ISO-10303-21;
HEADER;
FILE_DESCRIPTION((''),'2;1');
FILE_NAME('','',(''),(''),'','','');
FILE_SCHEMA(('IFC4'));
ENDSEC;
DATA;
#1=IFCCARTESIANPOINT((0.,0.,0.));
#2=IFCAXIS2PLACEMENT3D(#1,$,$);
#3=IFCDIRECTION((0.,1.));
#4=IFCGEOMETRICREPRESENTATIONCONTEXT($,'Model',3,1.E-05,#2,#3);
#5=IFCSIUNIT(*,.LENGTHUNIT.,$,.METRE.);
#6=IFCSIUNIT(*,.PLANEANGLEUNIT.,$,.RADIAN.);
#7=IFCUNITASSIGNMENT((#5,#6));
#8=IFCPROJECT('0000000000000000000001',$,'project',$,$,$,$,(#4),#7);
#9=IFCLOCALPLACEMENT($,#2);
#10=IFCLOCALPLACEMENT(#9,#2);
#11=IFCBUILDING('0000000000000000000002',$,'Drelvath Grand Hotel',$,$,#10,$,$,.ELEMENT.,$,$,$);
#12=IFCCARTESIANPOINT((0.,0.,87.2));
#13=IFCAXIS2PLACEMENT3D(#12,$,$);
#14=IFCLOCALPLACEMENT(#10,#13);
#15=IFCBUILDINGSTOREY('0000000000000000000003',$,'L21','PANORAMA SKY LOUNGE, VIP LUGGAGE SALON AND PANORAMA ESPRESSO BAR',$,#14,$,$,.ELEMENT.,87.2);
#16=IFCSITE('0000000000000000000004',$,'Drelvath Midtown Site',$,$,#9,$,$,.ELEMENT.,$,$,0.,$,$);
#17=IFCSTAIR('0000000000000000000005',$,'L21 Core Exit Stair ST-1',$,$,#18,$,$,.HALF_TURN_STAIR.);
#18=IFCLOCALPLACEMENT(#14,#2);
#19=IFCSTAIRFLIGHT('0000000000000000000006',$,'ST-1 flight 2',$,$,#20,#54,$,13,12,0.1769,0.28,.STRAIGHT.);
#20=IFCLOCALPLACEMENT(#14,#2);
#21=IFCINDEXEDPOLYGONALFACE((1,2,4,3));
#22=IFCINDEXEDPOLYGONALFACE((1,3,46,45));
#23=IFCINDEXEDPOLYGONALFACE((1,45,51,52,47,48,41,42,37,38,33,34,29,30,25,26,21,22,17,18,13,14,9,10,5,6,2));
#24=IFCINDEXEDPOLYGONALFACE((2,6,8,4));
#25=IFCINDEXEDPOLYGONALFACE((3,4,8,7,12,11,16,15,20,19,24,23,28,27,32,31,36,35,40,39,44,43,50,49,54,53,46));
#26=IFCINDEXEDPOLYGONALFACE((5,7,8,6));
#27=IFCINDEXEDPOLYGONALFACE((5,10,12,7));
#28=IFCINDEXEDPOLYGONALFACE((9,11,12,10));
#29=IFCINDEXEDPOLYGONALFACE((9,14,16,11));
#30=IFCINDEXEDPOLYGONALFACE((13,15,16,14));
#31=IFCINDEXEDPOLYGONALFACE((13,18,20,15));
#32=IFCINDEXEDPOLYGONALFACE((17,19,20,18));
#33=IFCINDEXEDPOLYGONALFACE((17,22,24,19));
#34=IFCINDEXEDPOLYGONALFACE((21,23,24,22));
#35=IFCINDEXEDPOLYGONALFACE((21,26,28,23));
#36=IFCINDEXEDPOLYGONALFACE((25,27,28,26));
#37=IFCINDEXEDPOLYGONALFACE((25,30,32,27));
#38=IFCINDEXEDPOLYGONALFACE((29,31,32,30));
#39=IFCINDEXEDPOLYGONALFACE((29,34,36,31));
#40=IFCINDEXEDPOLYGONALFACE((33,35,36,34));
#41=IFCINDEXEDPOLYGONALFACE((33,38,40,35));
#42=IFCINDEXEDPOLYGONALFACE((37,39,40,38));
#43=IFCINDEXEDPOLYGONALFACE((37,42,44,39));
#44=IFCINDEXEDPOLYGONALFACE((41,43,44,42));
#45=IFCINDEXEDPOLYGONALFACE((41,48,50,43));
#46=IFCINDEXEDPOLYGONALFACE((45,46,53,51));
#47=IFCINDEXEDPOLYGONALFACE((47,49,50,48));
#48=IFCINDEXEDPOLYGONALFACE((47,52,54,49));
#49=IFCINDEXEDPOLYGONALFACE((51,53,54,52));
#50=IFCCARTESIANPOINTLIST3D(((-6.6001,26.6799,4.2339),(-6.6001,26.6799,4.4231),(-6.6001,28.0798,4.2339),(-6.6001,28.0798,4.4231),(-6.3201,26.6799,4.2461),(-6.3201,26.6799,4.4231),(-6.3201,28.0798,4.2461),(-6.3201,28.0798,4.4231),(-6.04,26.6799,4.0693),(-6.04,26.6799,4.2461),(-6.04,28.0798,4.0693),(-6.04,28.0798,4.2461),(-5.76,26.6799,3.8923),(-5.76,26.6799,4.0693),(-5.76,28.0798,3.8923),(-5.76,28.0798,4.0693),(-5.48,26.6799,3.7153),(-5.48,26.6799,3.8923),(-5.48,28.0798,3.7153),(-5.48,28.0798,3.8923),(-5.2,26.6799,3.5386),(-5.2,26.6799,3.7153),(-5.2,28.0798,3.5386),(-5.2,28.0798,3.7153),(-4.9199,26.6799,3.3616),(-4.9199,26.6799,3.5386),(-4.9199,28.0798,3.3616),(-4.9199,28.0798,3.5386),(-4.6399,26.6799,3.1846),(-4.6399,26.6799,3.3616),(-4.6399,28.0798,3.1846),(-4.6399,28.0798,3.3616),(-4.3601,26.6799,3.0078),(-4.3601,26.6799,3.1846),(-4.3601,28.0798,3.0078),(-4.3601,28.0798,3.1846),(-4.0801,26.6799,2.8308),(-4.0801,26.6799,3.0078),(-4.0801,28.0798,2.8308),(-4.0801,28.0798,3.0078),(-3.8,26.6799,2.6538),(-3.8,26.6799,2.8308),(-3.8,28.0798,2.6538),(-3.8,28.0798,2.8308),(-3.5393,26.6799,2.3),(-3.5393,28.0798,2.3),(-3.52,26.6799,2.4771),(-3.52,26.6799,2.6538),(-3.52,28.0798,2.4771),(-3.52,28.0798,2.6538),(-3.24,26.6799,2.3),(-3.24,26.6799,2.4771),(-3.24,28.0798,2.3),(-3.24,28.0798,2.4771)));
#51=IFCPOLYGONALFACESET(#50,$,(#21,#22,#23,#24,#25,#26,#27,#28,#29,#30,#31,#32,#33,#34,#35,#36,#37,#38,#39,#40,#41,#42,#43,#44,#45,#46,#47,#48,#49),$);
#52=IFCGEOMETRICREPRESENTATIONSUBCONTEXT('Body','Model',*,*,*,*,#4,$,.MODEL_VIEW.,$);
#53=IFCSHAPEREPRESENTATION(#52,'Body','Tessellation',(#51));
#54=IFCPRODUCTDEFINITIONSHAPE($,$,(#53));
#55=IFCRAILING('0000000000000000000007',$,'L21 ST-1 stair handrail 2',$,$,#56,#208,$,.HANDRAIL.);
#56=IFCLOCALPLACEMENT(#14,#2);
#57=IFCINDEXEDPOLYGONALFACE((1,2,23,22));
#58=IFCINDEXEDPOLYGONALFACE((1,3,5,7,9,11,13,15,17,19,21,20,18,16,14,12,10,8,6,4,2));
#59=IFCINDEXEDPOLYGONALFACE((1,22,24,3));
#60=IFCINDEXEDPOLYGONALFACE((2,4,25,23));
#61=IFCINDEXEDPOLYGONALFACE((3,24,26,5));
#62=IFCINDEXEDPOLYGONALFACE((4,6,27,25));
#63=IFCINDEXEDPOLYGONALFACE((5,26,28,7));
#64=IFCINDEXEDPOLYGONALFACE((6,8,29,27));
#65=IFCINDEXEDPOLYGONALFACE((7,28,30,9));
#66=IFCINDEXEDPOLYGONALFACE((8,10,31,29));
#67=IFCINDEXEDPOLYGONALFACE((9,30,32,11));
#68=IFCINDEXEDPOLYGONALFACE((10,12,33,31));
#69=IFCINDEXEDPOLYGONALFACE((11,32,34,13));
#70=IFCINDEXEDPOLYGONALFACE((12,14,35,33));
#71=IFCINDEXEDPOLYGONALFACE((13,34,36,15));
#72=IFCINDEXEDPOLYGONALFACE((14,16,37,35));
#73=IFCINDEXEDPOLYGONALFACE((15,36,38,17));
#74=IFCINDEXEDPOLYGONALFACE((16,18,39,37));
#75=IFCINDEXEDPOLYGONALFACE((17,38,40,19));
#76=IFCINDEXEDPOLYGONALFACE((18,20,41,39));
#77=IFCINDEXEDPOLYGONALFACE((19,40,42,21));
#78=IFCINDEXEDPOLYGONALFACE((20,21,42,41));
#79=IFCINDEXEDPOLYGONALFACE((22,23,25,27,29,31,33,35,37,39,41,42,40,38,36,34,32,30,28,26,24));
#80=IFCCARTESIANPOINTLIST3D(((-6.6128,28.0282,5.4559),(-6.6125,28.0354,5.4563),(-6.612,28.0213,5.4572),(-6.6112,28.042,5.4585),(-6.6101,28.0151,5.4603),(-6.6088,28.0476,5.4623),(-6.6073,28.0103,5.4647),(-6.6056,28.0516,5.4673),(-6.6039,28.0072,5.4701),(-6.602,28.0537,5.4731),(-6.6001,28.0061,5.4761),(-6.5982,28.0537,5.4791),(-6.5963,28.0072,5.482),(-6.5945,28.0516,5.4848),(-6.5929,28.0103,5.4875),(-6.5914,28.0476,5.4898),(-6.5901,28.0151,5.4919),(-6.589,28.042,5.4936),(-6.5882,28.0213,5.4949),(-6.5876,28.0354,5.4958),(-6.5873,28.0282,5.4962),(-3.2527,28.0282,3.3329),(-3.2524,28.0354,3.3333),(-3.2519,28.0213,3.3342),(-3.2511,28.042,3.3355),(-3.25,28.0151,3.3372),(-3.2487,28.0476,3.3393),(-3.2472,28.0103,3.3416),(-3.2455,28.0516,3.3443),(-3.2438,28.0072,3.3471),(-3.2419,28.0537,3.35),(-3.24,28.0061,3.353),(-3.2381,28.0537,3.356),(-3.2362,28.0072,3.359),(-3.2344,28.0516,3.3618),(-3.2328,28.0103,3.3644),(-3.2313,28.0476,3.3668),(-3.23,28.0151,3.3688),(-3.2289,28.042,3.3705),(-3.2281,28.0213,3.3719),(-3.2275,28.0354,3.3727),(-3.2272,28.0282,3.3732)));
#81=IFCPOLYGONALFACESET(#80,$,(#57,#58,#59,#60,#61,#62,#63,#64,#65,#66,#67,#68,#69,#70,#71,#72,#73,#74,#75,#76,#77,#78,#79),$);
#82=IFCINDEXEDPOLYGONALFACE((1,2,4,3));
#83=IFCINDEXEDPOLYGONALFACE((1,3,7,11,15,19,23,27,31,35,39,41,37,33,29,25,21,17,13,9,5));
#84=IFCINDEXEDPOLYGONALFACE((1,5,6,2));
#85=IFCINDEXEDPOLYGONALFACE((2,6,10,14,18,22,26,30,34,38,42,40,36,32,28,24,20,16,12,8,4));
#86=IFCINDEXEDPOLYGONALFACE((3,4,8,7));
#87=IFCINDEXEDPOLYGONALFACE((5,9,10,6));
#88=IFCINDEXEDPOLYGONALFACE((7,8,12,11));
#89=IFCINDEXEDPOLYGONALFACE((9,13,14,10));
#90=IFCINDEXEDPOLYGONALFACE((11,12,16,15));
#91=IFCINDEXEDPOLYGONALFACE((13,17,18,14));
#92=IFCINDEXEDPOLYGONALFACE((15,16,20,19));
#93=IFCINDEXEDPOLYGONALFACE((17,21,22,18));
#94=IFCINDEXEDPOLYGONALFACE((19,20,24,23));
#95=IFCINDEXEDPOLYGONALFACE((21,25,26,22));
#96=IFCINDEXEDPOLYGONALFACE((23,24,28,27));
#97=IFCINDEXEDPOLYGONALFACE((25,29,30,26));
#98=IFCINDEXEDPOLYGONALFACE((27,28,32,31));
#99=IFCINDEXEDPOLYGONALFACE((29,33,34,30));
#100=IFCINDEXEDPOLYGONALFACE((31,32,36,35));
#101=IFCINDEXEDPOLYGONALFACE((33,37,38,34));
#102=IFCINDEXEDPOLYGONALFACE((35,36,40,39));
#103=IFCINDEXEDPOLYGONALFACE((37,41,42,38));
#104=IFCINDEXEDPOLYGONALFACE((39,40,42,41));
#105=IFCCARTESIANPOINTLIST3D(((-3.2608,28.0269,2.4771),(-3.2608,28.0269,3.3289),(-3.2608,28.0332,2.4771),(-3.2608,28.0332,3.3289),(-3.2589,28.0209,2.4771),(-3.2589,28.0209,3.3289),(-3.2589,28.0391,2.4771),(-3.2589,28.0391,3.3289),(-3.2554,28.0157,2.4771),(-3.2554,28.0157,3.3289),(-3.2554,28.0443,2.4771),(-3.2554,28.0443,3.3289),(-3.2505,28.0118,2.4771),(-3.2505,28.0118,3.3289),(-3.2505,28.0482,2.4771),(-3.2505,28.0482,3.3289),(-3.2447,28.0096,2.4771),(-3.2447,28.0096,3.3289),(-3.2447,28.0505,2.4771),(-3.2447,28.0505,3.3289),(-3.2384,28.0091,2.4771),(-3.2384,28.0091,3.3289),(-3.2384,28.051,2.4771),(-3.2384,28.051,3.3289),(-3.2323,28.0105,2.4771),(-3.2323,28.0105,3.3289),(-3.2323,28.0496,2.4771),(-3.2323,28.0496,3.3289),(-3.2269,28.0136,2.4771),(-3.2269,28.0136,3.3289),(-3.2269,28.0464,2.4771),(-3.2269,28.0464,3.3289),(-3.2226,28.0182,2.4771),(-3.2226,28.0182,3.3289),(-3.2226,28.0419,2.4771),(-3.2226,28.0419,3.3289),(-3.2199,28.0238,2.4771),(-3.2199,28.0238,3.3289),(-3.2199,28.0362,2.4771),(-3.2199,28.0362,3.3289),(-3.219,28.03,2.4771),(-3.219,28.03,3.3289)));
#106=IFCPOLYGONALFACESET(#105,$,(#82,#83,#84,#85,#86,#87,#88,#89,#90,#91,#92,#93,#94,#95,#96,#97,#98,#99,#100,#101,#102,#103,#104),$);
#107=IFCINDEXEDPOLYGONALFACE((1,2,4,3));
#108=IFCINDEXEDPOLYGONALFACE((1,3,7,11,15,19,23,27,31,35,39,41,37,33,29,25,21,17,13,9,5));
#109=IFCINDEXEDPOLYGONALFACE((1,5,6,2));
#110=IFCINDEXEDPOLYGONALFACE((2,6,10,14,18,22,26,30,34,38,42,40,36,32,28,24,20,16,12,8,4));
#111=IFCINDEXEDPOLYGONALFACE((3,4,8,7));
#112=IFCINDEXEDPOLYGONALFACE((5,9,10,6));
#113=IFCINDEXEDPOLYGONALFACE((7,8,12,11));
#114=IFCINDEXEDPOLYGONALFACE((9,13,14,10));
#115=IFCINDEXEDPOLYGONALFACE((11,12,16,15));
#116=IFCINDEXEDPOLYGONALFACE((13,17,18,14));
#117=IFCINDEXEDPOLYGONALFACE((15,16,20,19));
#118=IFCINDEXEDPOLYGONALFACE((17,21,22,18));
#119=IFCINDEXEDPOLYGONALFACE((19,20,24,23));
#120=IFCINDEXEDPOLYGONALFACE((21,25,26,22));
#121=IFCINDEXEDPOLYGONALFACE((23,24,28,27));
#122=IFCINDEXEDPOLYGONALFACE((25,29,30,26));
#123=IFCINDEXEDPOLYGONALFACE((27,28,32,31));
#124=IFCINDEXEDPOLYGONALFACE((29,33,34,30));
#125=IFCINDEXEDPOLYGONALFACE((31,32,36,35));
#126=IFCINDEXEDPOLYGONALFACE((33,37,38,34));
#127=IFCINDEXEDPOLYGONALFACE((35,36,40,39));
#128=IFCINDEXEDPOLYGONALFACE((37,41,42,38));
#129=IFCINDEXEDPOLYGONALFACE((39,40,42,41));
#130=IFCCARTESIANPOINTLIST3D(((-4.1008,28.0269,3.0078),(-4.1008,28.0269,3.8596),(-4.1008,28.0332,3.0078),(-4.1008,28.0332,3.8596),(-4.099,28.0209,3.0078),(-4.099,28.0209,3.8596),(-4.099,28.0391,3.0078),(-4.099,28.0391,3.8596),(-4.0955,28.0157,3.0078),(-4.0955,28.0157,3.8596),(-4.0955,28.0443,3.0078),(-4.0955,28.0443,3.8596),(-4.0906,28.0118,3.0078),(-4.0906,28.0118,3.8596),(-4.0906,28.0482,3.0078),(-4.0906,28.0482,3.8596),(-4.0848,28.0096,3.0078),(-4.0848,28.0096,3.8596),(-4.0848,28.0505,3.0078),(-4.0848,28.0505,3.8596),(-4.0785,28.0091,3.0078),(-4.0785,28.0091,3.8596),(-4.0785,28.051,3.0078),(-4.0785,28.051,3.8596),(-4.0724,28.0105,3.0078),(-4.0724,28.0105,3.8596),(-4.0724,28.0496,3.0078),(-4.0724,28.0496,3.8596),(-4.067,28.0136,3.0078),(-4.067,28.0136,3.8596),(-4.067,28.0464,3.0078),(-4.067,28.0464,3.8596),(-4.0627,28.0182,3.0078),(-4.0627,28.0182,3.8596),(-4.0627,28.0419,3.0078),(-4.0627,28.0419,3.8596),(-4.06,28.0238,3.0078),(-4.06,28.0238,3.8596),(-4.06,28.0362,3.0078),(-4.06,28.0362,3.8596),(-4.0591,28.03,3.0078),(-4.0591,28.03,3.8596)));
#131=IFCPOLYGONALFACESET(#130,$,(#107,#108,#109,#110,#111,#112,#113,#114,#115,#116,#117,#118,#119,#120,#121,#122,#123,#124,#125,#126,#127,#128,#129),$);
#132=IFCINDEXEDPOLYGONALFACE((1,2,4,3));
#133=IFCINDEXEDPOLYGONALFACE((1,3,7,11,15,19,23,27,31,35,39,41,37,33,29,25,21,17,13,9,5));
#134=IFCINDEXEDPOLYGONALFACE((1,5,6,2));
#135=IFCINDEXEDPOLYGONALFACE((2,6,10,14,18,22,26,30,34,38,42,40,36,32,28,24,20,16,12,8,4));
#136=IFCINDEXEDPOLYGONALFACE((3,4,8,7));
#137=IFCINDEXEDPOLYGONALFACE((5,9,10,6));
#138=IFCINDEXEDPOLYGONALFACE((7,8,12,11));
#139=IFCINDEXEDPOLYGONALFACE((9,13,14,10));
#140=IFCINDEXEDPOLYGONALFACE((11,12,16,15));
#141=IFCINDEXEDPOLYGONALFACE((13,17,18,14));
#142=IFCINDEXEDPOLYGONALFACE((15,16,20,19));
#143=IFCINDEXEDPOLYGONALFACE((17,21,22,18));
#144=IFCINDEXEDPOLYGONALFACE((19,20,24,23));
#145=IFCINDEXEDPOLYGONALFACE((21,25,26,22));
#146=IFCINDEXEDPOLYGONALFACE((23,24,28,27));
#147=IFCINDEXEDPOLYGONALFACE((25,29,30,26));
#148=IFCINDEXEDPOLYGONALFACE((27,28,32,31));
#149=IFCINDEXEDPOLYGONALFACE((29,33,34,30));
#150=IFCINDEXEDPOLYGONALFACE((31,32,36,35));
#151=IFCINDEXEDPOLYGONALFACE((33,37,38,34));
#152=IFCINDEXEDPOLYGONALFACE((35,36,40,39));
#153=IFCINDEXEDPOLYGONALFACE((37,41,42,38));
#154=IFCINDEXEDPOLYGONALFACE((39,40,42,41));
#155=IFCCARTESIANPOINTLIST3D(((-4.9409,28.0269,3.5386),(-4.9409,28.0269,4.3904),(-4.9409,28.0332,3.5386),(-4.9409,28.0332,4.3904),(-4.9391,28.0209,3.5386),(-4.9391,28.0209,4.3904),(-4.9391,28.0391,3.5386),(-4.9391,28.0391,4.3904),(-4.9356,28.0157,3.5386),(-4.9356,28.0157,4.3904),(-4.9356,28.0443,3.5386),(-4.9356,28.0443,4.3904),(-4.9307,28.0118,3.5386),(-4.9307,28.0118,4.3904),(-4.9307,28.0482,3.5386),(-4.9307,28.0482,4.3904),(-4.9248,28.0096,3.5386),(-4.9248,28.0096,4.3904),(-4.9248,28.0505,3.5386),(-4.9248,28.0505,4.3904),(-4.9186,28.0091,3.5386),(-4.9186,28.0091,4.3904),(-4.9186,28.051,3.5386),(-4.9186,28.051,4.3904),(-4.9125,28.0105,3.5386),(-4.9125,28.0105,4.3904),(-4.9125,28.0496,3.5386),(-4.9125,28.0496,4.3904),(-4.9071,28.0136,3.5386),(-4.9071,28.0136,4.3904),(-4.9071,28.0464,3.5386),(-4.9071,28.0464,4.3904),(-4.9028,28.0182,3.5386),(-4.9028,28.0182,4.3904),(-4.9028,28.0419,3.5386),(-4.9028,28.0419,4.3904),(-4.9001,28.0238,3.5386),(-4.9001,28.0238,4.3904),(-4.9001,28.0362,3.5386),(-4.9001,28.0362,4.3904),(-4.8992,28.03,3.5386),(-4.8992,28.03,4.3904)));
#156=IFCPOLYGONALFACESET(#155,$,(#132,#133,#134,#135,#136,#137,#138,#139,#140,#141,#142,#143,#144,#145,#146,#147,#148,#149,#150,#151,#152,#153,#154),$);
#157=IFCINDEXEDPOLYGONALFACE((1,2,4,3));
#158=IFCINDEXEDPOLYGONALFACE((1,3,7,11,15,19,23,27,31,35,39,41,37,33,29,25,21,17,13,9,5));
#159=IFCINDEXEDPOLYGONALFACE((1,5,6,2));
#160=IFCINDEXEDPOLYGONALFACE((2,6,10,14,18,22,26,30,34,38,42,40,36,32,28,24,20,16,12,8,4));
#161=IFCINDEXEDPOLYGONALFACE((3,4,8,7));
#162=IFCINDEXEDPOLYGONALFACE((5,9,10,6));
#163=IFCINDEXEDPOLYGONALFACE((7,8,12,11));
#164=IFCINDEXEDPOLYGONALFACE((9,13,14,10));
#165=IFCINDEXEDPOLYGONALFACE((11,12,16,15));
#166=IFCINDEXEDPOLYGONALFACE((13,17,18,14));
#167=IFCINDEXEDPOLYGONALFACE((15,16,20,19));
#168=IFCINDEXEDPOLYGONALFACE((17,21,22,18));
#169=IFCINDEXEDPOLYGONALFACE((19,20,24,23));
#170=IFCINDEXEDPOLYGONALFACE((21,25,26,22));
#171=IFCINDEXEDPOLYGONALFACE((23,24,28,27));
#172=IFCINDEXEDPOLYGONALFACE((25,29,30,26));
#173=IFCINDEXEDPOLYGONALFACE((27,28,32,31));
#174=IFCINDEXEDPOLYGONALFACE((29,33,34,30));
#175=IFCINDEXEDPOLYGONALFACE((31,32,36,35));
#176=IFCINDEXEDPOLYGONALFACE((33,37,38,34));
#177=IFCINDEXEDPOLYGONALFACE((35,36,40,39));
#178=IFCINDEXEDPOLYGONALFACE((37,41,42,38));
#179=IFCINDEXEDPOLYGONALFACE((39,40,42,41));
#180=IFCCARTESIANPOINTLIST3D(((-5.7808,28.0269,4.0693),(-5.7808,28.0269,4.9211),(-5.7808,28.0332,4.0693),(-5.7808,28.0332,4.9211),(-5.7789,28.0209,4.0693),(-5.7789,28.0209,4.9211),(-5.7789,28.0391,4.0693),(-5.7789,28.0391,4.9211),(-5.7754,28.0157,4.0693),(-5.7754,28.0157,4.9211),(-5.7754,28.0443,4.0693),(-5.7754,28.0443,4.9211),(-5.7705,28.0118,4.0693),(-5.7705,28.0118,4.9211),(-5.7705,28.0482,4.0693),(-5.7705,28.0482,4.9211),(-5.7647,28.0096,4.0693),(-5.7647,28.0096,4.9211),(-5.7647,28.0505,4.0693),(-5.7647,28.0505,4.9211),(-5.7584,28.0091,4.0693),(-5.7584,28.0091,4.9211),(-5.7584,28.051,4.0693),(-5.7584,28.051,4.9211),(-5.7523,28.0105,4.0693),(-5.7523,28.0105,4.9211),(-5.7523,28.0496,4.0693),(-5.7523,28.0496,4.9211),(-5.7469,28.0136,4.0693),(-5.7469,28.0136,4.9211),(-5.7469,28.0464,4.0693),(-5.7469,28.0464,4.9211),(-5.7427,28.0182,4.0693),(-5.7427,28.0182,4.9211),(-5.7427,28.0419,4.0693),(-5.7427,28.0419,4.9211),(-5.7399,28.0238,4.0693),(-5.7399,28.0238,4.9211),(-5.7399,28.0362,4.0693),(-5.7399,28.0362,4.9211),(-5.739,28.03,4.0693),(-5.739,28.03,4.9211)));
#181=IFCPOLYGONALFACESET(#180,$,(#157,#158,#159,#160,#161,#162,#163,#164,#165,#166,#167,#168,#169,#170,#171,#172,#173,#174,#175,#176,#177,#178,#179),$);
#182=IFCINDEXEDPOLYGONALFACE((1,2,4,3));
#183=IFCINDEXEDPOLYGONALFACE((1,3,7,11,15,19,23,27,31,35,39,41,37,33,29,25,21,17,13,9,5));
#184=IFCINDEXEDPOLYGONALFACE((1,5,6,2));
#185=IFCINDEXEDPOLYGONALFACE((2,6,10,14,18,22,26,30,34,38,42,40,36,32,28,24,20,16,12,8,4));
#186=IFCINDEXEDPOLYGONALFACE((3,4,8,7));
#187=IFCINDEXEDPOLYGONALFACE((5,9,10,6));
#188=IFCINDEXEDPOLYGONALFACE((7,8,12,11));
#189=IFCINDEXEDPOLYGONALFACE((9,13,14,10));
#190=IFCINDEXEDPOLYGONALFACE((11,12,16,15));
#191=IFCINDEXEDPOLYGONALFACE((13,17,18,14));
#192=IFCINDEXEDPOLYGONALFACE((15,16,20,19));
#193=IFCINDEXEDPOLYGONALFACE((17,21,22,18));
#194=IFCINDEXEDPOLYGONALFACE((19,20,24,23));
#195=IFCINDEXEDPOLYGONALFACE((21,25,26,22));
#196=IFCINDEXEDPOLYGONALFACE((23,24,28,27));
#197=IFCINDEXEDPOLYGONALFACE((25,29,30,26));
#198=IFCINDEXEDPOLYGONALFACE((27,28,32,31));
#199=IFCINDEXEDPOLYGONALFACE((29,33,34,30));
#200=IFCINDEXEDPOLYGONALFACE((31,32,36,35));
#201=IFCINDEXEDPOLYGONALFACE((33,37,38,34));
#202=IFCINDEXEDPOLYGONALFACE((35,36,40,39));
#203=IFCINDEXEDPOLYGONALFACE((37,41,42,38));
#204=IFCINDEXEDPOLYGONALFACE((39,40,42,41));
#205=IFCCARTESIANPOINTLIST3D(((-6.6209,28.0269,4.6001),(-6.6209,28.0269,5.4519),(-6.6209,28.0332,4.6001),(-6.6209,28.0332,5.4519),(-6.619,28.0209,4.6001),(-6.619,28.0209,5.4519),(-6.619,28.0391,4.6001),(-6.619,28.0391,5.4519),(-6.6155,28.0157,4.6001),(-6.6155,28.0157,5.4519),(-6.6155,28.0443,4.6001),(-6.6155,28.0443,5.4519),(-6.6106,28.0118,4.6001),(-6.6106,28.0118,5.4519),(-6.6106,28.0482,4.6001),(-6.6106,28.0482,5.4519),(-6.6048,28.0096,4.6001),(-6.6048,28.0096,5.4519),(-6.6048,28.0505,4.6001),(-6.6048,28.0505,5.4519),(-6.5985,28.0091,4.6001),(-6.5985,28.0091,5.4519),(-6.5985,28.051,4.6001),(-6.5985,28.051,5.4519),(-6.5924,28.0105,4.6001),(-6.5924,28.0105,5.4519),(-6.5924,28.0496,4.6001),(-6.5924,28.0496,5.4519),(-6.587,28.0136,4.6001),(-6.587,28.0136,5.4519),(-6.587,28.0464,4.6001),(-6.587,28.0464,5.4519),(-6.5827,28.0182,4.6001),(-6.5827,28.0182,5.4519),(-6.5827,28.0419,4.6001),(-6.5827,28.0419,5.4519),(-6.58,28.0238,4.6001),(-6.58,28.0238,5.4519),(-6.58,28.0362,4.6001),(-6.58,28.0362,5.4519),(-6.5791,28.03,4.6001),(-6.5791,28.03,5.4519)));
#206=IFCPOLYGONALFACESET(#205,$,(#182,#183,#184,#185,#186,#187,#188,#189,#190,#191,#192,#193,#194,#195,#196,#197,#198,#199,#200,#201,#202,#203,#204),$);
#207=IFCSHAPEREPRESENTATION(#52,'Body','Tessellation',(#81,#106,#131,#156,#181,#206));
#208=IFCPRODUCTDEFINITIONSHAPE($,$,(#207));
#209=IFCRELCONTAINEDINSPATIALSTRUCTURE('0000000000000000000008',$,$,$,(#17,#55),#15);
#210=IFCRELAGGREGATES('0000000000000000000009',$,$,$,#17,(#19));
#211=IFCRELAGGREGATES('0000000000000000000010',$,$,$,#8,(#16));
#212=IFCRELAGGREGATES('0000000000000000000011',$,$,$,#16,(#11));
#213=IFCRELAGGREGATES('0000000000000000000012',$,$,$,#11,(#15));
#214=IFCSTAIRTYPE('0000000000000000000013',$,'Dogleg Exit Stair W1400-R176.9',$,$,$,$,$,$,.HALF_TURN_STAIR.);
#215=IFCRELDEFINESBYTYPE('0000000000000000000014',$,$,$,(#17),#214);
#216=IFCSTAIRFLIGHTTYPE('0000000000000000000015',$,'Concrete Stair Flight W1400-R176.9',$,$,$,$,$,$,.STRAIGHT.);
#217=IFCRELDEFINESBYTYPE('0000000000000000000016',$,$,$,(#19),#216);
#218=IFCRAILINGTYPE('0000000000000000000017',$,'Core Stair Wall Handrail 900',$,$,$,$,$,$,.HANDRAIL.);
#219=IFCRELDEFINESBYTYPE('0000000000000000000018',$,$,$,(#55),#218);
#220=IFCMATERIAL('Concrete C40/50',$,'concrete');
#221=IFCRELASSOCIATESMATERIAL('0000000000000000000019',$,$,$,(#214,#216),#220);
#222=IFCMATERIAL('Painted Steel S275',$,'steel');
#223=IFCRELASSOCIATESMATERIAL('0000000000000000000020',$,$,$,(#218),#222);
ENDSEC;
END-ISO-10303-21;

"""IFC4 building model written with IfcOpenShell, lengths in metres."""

from ifc_helpers import new_model, si_unit, direction, frame, origin, origin_2d, place, context, subcontext, project, spatial, polyline, circle, outline, extrude, material, type_object, element, aggregate, save


model = new_model("IFC4")

# Units and contexts
model_context = context("Model", 3, precision=1e-05, world=origin(), true_north=direction((0.0, 1.0)))
body_context = subcontext(model_context, "Body", "Model", "MODEL_VIEW")
ifc_project = project(units=[si_unit("LENGTHUNIT", "METRE"), si_unit("PLANEANGLEUNIT", "RADIAN")], contexts=[model_context])

# Site, building, storey
site_placement = place(None, origin())
site = spatial("IfcSite", under=ifc_project, at=site_placement, Name="Drelvath Midtown Site", CompositionType="ELEMENT", RefElevation=0.0)
building_placement = place(site_placement, origin())
building = spatial("IfcBuilding", under=site, at=building_placement, Name="Drelvath Grand Hotel", CompositionType="ELEMENT")
storey_placement = place(building_placement, frame((0.0, 0.0, 87.2)))
storey = spatial("IfcBuildingStorey", under=building, at=storey_placement, Name="L21", Description="PANORAMA SKY LOUNGE, VIP LUGGAGE SALON AND PANORAMA ESPRESSO BAR", CompositionType="ELEMENT", Elevation=87.2)

# Shared definitions
ifc_material_1 = material(Name="Painted Steel S275", Category="steel")

# Shared definitions
ifc_material_2 = material(Name="Concrete C40/50", Category="concrete")

# Stair, stair flight
stair_type = type_object("IfcStairType", Name="Dogleg Exit Stair W1400-R176.9", PredefinedType="HALF_TURN_STAIR", material=ifc_material_2)
stair_placement = place(storey_placement, origin())
stair = element("IfcStair", 1, at=stair_placement, inside=storey, type_object=stair_type, Name="L21 Core Exit Stair ST-1", PredefinedType="HALF_TURN_STAIR")
stair_flight_type = type_object("IfcStairFlightType", Name="Concrete Stair Flight W1400-R176.9", PredefinedType="STRAIGHT", material=ifc_material_2)
stair_flight_placement = place(storey_placement, frame((-3.24, 27.3799, 2.3), z_axis=(0.0, 0.0, 1.0), x_axis=(-1.0, 0.0, 0.0)))
stair_flight = element("IfcStairFlight", 2, at=stair_flight_placement, type_object=stair_flight_type, Name="ST-1 flight 2", NumberOfRisers=13, NumberOfTreads=12, PredefinedType="STRAIGHT", RiserHeight=0.1769, TreadLength=0.28, context=body_context, shape_type="SweptSolid", body=[
    extrude(outline(polyline([(0.0, 0.0), (0.0, 0.177), (0.28, 0.177), (0.28, 0.3538), (0.5601, 0.3538), (0.5601, 0.5308), (0.8401, 0.5308), (0.8401, 0.7078), (1.1201, 0.7078), (1.1201, 0.8845), (1.3999, 0.8845), (1.3999, 1.0615), (1.6799, 1.0615), (1.6799, 1.2385), (1.96, 1.2385), (1.96, 1.4153), (2.24, 1.4153), (2.24, 1.5923), (2.52, 1.5923), (2.52, 1.7693), (2.8, 1.7693), (2.8, 1.946), (3.0801, 1.946), (3.0801, 2.123), (3.3601, 2.123), (3.3601, 2.3), (3.3601, 1.9338), (0.2993, 0.0), (0.0, 0.0)])), frame((0.0, 0.7, 0.0), z_axis=(0.0, -1.0, 0.0), x_axis=(1.0, 0.0, 0.0)), (0.0, 0.0, 1.0), 1.3999),
])
aggregate(stair, [stair_flight])

# Railing
railing_type = type_object("IfcRailingType", Name="Core Stair Wall Handrail 900", PredefinedType="HANDRAIL", material=ifc_material_1)
railing_placement = place(storey_placement, frame((-3.24, 28.03, 2.4771)))
element("IfcRailing", 3, at=railing_placement, inside=storey, type_object=railing_type, Name="L21 ST-1 stair handrail 2", PredefinedType="HANDRAIL", context=body_context, shape_type="SweptSolid", body=[
    extrude(circle(Radius=0.0239, at=origin_2d()), frame((0.0, 0.0, 0.876), z_axis=(-0.84539, 0.0, 0.53415), x_axis=(0.0, -1.0, 0.0)), (0.0, 0.0, 1.0), 3.9746),
    extrude(circle(Radius=0.021, at=origin_2d()), origin(), (0.0, 0.0, 1.0), 0.8518),
    extrude(circle(Radius=0.021, at=origin_2d()), frame((-0.8401, 0.0, 0.5308)), (0.0, 0.0, 1.0), 0.8518),
    extrude(circle(Radius=0.021, at=origin_2d()), frame((-1.6802, 0.0, 1.0615)), (0.0, 0.0, 1.0), 0.8518),
    extrude(circle(Radius=0.021, at=origin_2d()), frame((-2.52, 0.0, 1.5923)), (0.0, 0.0, 1.0), 0.8518),
    extrude(circle(Radius=0.021, at=origin_2d()), frame((-3.3601, 0.0, 2.123)), (0.0, 0.0, 1.0), 0.8518),
])

save(model, "model.ifc")
